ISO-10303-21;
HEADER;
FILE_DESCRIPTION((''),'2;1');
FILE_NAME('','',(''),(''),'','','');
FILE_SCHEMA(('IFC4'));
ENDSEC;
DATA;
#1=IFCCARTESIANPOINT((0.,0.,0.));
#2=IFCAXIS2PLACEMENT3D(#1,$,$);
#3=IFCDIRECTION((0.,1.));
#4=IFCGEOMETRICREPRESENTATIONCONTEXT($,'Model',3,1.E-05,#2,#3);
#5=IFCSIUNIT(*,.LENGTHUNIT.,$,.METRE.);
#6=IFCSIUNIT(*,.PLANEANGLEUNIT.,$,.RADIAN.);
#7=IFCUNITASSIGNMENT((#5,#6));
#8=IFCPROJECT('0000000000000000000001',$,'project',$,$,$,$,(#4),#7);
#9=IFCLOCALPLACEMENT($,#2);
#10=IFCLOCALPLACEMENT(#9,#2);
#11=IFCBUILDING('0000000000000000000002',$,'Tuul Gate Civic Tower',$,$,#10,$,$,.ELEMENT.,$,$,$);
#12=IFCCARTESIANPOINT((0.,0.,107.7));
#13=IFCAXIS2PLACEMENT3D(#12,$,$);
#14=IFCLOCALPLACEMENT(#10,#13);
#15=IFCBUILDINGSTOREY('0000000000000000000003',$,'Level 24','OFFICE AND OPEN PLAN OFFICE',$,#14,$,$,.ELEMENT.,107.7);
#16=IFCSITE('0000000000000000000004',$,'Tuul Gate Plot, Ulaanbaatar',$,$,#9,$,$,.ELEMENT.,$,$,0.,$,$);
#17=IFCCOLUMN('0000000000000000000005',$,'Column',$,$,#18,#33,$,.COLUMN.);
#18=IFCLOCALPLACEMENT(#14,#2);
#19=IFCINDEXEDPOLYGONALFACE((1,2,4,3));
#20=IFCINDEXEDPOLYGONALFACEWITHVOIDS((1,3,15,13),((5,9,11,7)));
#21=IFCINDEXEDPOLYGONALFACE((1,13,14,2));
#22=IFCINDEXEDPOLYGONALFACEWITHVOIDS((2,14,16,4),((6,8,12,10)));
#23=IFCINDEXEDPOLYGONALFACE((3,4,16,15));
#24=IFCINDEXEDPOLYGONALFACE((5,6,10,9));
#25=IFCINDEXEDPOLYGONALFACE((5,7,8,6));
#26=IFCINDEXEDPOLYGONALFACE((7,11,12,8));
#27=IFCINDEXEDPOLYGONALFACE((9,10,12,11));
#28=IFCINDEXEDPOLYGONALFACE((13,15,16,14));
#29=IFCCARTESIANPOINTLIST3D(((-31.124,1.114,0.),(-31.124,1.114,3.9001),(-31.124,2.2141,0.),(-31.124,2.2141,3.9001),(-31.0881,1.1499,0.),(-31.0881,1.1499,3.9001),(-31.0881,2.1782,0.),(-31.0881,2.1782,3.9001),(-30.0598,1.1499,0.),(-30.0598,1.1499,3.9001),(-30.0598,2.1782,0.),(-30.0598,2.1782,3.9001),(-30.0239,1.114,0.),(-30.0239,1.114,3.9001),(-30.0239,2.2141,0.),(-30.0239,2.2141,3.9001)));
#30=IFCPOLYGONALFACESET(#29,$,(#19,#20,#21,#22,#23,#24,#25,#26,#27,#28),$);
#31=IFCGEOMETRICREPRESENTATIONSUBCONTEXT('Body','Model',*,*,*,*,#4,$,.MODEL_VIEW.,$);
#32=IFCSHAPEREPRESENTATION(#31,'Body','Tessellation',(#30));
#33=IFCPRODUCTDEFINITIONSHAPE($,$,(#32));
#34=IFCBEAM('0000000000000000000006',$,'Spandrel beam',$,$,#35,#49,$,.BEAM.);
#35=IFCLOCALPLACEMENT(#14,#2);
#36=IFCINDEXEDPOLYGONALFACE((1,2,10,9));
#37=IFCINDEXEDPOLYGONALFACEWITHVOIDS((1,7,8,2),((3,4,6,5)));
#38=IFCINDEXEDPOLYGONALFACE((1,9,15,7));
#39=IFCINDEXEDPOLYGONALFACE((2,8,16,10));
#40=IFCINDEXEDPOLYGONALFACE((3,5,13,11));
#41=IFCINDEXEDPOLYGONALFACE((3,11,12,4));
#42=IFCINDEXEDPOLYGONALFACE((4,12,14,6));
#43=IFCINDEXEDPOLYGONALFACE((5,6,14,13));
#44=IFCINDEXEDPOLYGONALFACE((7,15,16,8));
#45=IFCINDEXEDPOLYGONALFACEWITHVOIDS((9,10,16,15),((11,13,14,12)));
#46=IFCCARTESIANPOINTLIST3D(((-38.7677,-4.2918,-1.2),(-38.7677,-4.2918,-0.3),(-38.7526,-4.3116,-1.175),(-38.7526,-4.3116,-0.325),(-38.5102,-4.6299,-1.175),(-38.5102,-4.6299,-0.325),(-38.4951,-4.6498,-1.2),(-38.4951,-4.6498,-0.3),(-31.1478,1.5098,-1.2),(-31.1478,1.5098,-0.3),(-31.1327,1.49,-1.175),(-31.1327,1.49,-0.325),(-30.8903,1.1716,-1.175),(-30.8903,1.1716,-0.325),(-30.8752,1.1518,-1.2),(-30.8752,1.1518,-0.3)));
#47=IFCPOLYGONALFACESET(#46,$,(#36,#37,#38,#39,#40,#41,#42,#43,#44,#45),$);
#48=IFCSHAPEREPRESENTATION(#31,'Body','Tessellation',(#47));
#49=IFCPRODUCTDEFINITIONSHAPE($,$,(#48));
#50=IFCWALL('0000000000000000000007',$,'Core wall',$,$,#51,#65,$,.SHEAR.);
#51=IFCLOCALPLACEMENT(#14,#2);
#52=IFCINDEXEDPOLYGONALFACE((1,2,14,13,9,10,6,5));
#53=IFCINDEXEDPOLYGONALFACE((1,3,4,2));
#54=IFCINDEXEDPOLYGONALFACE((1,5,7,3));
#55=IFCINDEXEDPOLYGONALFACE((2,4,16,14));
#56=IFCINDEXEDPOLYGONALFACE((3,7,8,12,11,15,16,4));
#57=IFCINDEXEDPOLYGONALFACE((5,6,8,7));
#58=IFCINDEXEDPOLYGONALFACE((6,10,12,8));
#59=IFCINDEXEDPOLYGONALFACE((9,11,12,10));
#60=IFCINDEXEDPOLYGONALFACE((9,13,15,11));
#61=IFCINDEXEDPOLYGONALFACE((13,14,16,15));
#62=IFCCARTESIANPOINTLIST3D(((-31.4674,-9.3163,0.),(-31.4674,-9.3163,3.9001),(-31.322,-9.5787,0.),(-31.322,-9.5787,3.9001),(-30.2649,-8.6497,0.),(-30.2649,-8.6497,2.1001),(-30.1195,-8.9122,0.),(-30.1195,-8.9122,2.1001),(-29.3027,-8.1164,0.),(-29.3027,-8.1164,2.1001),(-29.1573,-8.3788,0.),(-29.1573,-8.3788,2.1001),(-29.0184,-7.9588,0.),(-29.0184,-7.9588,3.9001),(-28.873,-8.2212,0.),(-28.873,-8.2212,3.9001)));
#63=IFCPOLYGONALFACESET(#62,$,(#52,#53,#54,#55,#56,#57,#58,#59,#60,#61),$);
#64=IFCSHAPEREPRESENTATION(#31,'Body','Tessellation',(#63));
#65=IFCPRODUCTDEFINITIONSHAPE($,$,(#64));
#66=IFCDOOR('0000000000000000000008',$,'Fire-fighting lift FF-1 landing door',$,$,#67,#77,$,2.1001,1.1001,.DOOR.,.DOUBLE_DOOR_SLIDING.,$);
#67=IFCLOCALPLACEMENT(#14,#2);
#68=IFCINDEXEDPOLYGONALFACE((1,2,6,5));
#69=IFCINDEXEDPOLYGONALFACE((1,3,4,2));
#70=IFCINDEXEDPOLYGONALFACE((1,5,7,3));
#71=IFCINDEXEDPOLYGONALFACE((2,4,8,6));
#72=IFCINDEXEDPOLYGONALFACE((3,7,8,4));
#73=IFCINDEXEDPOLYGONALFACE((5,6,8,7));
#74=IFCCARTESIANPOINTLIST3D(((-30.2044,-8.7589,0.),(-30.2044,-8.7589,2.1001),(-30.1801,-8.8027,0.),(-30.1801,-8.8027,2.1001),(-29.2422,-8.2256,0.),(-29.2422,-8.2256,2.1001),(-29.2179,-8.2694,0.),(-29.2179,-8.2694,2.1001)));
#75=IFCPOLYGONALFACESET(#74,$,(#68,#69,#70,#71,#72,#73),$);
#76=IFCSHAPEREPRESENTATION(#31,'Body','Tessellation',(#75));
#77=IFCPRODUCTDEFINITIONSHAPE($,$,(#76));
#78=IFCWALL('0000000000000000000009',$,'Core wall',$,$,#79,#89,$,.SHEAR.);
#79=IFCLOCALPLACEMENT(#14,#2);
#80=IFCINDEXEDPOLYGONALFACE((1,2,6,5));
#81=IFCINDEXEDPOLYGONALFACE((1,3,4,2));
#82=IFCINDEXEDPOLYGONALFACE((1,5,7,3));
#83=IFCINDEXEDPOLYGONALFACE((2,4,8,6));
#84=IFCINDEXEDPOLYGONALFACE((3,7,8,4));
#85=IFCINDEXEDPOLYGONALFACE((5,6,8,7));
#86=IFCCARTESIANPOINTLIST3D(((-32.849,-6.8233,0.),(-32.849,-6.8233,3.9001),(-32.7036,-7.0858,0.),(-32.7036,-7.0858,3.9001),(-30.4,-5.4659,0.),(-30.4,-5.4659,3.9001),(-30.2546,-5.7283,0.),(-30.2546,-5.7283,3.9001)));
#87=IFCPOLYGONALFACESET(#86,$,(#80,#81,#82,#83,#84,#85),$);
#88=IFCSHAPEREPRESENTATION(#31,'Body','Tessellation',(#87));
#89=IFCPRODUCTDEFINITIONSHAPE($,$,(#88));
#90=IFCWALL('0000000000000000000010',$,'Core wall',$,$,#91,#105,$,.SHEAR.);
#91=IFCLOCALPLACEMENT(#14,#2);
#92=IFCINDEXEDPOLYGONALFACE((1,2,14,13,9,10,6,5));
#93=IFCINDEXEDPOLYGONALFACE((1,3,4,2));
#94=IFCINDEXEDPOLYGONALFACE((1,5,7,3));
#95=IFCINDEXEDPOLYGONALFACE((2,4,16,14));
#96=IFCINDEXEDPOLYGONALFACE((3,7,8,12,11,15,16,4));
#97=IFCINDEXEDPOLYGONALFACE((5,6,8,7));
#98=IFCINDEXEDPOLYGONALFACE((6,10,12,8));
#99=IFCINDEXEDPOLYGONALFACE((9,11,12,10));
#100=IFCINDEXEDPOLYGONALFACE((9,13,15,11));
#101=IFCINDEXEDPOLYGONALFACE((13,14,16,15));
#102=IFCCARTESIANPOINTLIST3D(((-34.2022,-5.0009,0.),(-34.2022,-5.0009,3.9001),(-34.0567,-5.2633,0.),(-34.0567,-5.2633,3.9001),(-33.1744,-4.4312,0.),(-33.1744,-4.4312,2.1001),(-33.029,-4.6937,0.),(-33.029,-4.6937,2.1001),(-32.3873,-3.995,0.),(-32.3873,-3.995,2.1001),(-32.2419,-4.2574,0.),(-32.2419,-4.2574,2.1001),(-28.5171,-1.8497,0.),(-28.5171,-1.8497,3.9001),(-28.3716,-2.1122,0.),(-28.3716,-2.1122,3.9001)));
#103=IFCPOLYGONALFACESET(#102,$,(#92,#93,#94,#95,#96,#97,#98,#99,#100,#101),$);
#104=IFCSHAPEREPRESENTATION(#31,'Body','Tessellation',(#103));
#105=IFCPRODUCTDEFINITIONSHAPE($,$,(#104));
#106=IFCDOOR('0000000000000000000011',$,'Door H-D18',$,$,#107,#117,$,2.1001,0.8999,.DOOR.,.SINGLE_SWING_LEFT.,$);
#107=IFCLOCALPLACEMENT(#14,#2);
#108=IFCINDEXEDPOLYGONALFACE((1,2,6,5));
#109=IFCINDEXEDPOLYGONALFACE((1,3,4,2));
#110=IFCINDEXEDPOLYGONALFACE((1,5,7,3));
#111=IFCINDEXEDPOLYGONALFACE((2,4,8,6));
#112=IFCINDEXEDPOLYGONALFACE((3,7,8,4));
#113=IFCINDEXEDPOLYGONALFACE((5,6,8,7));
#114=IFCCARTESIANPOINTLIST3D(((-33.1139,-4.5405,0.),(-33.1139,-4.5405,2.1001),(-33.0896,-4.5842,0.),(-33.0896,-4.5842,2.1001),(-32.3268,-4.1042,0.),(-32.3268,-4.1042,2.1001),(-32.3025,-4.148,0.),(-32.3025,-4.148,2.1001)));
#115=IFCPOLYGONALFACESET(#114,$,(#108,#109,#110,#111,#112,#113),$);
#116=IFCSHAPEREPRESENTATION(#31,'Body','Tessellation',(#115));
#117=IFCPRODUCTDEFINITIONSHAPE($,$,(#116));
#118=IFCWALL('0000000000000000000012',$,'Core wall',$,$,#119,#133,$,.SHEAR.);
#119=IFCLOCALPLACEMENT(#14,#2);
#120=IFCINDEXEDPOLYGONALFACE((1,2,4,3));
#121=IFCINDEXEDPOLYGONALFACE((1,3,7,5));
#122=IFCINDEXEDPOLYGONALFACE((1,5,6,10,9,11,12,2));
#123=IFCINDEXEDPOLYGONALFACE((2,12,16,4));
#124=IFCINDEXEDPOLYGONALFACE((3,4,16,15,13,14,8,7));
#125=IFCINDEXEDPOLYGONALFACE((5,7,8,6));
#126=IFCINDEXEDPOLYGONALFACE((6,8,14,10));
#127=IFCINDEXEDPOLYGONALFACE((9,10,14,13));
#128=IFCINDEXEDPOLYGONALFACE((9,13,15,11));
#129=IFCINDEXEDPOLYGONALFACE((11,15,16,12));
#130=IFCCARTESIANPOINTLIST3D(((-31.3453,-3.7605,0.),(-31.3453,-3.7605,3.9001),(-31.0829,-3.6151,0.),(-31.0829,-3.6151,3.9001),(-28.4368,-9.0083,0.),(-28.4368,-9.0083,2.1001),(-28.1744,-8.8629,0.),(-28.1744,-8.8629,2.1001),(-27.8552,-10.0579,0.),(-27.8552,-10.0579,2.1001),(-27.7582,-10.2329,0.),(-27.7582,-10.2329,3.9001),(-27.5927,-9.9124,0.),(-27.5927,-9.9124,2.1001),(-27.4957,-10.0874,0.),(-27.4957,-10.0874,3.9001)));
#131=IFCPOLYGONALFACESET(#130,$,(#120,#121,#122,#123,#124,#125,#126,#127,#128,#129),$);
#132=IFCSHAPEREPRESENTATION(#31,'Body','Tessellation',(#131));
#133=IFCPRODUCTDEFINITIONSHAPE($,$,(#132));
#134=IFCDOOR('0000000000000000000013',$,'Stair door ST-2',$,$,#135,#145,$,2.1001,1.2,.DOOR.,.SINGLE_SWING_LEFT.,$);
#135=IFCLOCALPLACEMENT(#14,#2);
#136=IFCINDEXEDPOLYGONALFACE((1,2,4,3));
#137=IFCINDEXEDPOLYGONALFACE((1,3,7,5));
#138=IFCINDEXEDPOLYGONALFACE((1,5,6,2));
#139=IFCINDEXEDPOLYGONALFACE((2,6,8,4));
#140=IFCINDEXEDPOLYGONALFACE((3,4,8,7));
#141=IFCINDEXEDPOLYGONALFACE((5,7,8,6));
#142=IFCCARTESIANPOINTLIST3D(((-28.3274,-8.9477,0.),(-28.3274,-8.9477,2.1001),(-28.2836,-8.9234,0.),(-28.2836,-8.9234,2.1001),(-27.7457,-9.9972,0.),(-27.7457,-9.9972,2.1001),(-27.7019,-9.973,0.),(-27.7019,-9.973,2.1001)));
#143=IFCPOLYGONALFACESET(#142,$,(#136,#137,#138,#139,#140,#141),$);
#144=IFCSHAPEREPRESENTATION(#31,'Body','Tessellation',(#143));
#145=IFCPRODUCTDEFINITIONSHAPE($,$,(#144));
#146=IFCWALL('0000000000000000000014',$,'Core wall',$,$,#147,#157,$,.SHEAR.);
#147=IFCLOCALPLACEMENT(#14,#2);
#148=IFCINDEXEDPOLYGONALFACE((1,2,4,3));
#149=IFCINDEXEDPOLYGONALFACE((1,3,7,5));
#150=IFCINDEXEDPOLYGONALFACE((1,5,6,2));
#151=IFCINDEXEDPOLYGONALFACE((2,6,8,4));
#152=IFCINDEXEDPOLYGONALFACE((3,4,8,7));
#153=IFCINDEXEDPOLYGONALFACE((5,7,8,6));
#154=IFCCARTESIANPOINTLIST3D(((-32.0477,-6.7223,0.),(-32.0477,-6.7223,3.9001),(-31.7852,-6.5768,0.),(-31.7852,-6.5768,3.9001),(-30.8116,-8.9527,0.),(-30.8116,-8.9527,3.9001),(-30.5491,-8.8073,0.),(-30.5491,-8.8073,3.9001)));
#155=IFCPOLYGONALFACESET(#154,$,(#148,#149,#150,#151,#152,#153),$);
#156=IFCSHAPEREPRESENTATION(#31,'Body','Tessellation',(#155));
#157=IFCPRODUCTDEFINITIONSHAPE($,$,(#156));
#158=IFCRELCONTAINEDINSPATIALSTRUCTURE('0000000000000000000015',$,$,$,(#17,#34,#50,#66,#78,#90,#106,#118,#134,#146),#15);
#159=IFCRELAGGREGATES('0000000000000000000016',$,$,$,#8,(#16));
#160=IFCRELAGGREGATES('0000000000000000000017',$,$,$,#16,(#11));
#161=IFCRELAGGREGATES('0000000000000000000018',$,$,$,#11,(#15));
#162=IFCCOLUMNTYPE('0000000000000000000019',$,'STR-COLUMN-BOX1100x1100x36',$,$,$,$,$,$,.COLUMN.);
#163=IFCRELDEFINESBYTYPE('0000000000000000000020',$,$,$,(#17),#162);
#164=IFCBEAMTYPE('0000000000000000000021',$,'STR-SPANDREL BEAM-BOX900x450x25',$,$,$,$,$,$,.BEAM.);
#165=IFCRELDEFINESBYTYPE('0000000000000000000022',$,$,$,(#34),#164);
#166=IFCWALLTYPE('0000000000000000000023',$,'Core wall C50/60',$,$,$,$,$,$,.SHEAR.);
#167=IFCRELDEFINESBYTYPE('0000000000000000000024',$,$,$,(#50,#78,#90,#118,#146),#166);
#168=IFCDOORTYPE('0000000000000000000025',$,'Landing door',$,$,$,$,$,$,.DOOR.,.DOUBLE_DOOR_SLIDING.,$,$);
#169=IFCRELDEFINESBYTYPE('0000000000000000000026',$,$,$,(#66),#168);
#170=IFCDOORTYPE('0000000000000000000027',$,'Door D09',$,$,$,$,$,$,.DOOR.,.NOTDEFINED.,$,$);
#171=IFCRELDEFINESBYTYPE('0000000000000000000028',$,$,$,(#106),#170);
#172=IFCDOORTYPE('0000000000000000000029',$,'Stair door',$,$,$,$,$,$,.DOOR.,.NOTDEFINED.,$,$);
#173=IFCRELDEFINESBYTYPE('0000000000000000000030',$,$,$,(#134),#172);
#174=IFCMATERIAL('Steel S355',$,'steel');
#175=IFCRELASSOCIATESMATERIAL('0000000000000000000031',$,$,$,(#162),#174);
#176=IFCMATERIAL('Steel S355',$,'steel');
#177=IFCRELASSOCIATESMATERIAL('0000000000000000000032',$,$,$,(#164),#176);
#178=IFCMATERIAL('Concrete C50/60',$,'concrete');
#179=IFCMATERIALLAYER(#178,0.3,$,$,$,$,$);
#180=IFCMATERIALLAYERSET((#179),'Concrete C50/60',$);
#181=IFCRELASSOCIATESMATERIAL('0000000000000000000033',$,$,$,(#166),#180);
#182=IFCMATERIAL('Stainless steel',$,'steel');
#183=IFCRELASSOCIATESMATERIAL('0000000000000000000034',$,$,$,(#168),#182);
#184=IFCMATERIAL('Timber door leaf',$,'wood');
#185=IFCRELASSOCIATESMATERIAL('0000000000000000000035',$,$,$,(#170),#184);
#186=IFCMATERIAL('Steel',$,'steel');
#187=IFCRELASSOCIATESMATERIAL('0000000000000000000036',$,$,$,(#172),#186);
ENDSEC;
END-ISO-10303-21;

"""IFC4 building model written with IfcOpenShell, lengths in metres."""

from ifc_helpers import new_model, si_unit, direction, frame, frame_2d, origin, origin_2d, place, context, subcontext, project, spatial, rectangle, hollow_rectangle, extrude, material, layer, layer_set, material_profile, profile_set, type_object, element, fill, save


model = new_model("IFC4")

# Units and contexts
model_context = context("Model", 3, precision=1e-05, world=origin(), true_north=direction((0.0, 1.0)))
body_context = subcontext(model_context, "Body", "Model", "MODEL_VIEW")
ifc_project = project(units=[si_unit("LENGTHUNIT", "METRE"), si_unit("PLANEANGLEUNIT", "RADIAN")], contexts=[model_context])

# Site, building, storey
site_placement = place(None, origin())
site = spatial("IfcSite", under=ifc_project, at=site_placement, Name="Tuul Gate Plot, Ulaanbaatar", CompositionType="ELEMENT", RefElevation=0.0)
building_placement = place(site_placement, origin())
building = spatial("IfcBuilding", under=site, at=building_placement, Name="Tuul Gate Civic Tower", CompositionType="ELEMENT")
storey_placement = place(building_placement, frame((0.0, 0.0, 107.7)))
storey = spatial("IfcBuildingStorey", under=building, at=storey_placement, Name="Level 24", Description="OFFICE AND OPEN PLAN OFFICE", CompositionType="ELEMENT", Elevation=107.7)

# Column
ifc_material_1 = material(Name="Steel S355", Category="steel")
ifc_material_profile_1 = material_profile(ifc_material_1, hollow_rectangle(XDim=1.1001, YDim=1.1001, WallThickness=0.0359, at=origin_2d()), Name="BOX1100x1100x36")
ifc_profile_set_1 = profile_set([ifc_material_profile_1], Name="Steel S355")
column_type = type_object("IfcColumnType", Name="STR-COLUMN-BOX1100x1100x36", PredefinedType="COLUMN", material=ifc_profile_set_1)
column_placement = place(storey_placement, frame((-30.574, 1.6641, 0.0), z_axis=(0.0, 0.0, 1.0), x_axis=(1.0, 0.0, 0.0)))
element("IfcColumn", 1, at=column_placement, inside=storey, type_object=column_type, Name="Column", PredefinedType="COLUMN", context=body_context, shape_type="SweptSolid", body=[
    extrude(hollow_rectangle(XDim=1.1001, YDim=1.1001, WallThickness=0.0359, at=origin_2d()), origin(), (0.0, 0.0, 1.0), 3.9001),
])

# Beam
ifc_material_2 = material(Name="Steel S355", Category="steel")
ifc_material_profile_2 = material_profile(ifc_material_2, hollow_rectangle(XDim=0.45, YDim=0.8999, WallThickness=0.0249, at=origin_2d()), Name="BOX900x450x25")
ifc_profile_set_2 = profile_set([ifc_material_profile_2], Name="Steel S355")
beam_type = type_object("IfcBeamType", Name="STR-SPANDREL BEAM-BOX900x450x25", PredefinedType="BEAM", material=ifc_profile_set_2)
beam_placement = place(storey_placement, frame((-31.0115, 1.3308, -0.75), z_axis=(-0.795638, -0.605772, 0.0), x_axis=(0.605772, -0.795638, 0.0)))
element("IfcBeam", 2, at=beam_placement, inside=storey, type_object=beam_type, Name="Spandrel beam", PredefinedType="BEAM", context=body_context, shape_type="SweptSolid", body=[
    extrude(hollow_rectangle(XDim=0.45, YDim=0.8999, WallThickness=0.0249, at=origin_2d()), origin(), (0.0, 0.0, 1.0), 9.5771),
])

# Wall, opening, door
ifc_material_3 = material(Name="Concrete C50/60", Category="concrete")
ifc_layer_1 = layer(ifc_material_3, 0.3)
ifc_layer_set_1 = layer_set([ifc_layer_1], Name="Concrete C50/60")
wall_type_1 = type_object("IfcWallType", Name="Core wall C50/60", PredefinedType="SHEAR", material=ifc_layer_set_1)
wall_1_placement = place(storey_placement, frame((-28.9458, -8.0901, 0.0), z_axis=(0.0, 0.0, 1.0), x_axis=(-0.87463, -0.484791, 0.0)))
wall_1 = element("IfcWall", 3, at=wall_1_placement, inside=storey, type_object=wall_type_1, Name="Core wall", PredefinedType="SHEAR", context=body_context, shape_type="SweptSolid", body=[
    extrude(rectangle(XDim=2.8, YDim=0.3, at=frame_2d((1.3999, 0.0))), origin(), (0.0, 0.0, 1.0), 3.9001),
])
opening_1_placement = place(wall_1_placement, frame((0.325, 0.0, 0.0)))
opening_1 = element("IfcOpeningElement", 4, at=opening_1_placement, cuts=wall_1, PredefinedType="OPENING", context=body_context, shape_type="SweptSolid", body=[
    extrude(rectangle(XDim=1.1001, YDim=2.1001, at=frame_2d((0.55, 1.05))), frame((0.0, 0.1602, 0.0), z_axis=(0.0, -1.0, 0.0), x_axis=(1.0, 0.0, 0.0)), (0.0, 0.0, 1.0), 0.3201),
])
ifc_material_4 = material(Name="Stainless steel", Category="steel")
door_type_1 = type_object("IfcDoorType", Name="Landing door", OperationType="DOUBLE_DOOR_SLIDING", PredefinedType="DOOR", material=ifc_material_4)
door_1_placement = place(opening_1_placement, origin())
door_1 = element("IfcDoor", 5, at=door_1_placement, inside=storey, type_object=door_type_1, Name="Fire-fighting lift FF-1 landing door", OperationType="DOUBLE_DOOR_SLIDING", OverallHeight=2.1001, OverallWidth=1.1001, PredefinedType="DOOR", context=body_context, shape_type="SweptSolid", body=[
    extrude(rectangle(XDim=1.1001, YDim=2.1001, at=frame_2d((0.55, 1.05))), frame((0.0, 0.0249, 0.0), z_axis=(0.0, -1.0, 0.0), x_axis=(1.0, 0.0, 0.0)), (0.0, 0.0, 1.0), 0.05),
])
fill(opening_1, door_1)

# Wall
wall_2_placement = place(storey_placement, frame((-30.3274, -5.5972, 0.0), z_axis=(0.0, 0.0, 1.0), x_axis=(-0.87463, -0.484791, 0.0)))
element("IfcWall", 6, at=wall_2_placement, inside=storey, type_object=wall_type_1, Name="Core wall", PredefinedType="SHEAR", context=body_context, shape_type="SweptSolid", body=[
    extrude(rectangle(XDim=2.8, YDim=0.3, at=frame_2d((1.3999, 0.0))), origin(), (0.0, 0.0, 1.0), 3.9001),
])

# Walls, openings, doors
wall_3_placement = place(storey_placement, frame((-28.4443, -1.981, 0.0), z_axis=(0.0, 0.0, 1.0), x_axis=(-0.87463, -0.484791, 0.0)))
wall_3 = element("IfcWall", 7, at=wall_3_placement, inside=storey, type_object=wall_type_1, Name="Core wall", PredefinedType="SHEAR", context=body_context, shape_type="SweptSolid", body=[
    extrude(rectangle(XDim=6.5, YDim=0.3, at=frame_2d((3.25, 0.0))), origin(), (0.0, 0.0, 1.0), 3.9001),
])
opening_2_placement = place(wall_3_placement, frame((4.425, 0.0, 0.0)))
opening_2 = element("IfcOpeningElement", 8, at=opening_2_placement, cuts=wall_3, PredefinedType="OPENING", context=body_context, shape_type="SweptSolid", body=[
    extrude(rectangle(XDim=0.8999, YDim=2.1001, at=frame_2d((0.45, 1.05))), frame((0.0, 0.1602, 0.0), z_axis=(0.0, -1.0, 0.0), x_axis=(1.0, 0.0, 0.0)), (0.0, 0.0, 1.0), 0.3201),
])
ifc_material_5 = material(Name="Timber door leaf", Category="wood")
door_type_2 = type_object("IfcDoorType", Name="Door D09", OperationType="NOTDEFINED", PredefinedType="DOOR", material=ifc_material_5)
door_2_placement = place(opening_2_placement, origin())
door_2 = element("IfcDoor", 9, at=door_2_placement, inside=storey, type_object=door_type_2, Name="Door H-D18", OperationType="SINGLE_SWING_LEFT", OverallHeight=2.1001, OverallWidth=0.8999, PredefinedType="DOOR", context=body_context, shape_type="SweptSolid", body=[
    extrude(rectangle(XDim=0.8999, YDim=2.1001, at=frame_2d((0.45, 1.05))), frame((0.0, 0.0249, 0.0), z_axis=(0.0, -1.0, 0.0), x_axis=(1.0, 0.0, 0.0)), (0.0, 0.0, 1.0), 0.05),
])
fill(opening_2, door_2)
wall_4_placement = place(storey_placement, frame((-27.627, -10.1602, 0.0), z_axis=(0.0, 0.0, 1.0), x_axis=(-0.484752, 0.874652, 0.0)))
wall_4 = element("IfcWall", 10, at=wall_4_placement, inside=storey, type_object=wall_type_1, Name="Core wall", PredefinedType="SHEAR", context=body_context, shape_type="SweptSolid", body=[
    extrude(rectangle(XDim=7.3999, YDim=0.3, at=frame_2d((3.7, 0.0))), origin(), (0.0, 0.0, 1.0), 3.9001),
])
opening_3_placement = place(wall_4_placement, frame((0.2, 0.0, 0.0)))
opening_3 = element("IfcOpeningElement", 11, at=opening_3_placement, cuts=wall_4, PredefinedType="OPENING", context=body_context, shape_type="SweptSolid", body=[
    extrude(rectangle(XDim=1.2, YDim=2.1001, at=frame_2d((0.6001, 1.05))), frame((0.0, 0.1602, 0.0), z_axis=(0.0, -1.0, 0.0), x_axis=(1.0, 0.0, 0.0)), (0.0, 0.0, 1.0), 0.3201),
])
ifc_material_6 = material(Name="Steel", Category="steel")
door_type_3 = type_object("IfcDoorType", Name="Stair door", OperationType="NOTDEFINED", PredefinedType="DOOR", material=ifc_material_6)
door_3_placement = place(opening_3_placement, origin())
door_3 = element("IfcDoor", 12, at=door_3_placement, inside=storey, type_object=door_type_3, Name="Stair door ST-2", OperationType="SINGLE_SWING_LEFT", OverallHeight=2.1001, OverallWidth=1.2, PredefinedType="DOOR", context=body_context, shape_type="SweptSolid", body=[
    extrude(rectangle(XDim=1.2, YDim=2.1001, at=frame_2d((0.6001, 1.05))), frame((0.0, 0.0249, 0.0), z_axis=(0.0, -1.0, 0.0), x_axis=(1.0, 0.0, 0.0)), (0.0, 0.0, 1.0), 0.05),
])
fill(opening_3, door_3)

# Wall
wall_5_placement = place(storey_placement, frame((-30.6804, -8.8799, 0.0), z_axis=(0.0, 0.0, 1.0), x_axis=(-0.484724, 0.874667, 0.0)))
element("IfcWall", 13, at=wall_5_placement, inside=storey, type_object=wall_type_1, Name="Core wall", PredefinedType="SHEAR", context=body_context, shape_type="SweptSolid", body=[
    extrude(rectangle(XDim=2.55, YDim=0.3, at=frame_2d((1.2749, 0.0))), origin(), (0.0, 0.0, 1.0), 3.9001),
])

save(model, "model.ifc")
